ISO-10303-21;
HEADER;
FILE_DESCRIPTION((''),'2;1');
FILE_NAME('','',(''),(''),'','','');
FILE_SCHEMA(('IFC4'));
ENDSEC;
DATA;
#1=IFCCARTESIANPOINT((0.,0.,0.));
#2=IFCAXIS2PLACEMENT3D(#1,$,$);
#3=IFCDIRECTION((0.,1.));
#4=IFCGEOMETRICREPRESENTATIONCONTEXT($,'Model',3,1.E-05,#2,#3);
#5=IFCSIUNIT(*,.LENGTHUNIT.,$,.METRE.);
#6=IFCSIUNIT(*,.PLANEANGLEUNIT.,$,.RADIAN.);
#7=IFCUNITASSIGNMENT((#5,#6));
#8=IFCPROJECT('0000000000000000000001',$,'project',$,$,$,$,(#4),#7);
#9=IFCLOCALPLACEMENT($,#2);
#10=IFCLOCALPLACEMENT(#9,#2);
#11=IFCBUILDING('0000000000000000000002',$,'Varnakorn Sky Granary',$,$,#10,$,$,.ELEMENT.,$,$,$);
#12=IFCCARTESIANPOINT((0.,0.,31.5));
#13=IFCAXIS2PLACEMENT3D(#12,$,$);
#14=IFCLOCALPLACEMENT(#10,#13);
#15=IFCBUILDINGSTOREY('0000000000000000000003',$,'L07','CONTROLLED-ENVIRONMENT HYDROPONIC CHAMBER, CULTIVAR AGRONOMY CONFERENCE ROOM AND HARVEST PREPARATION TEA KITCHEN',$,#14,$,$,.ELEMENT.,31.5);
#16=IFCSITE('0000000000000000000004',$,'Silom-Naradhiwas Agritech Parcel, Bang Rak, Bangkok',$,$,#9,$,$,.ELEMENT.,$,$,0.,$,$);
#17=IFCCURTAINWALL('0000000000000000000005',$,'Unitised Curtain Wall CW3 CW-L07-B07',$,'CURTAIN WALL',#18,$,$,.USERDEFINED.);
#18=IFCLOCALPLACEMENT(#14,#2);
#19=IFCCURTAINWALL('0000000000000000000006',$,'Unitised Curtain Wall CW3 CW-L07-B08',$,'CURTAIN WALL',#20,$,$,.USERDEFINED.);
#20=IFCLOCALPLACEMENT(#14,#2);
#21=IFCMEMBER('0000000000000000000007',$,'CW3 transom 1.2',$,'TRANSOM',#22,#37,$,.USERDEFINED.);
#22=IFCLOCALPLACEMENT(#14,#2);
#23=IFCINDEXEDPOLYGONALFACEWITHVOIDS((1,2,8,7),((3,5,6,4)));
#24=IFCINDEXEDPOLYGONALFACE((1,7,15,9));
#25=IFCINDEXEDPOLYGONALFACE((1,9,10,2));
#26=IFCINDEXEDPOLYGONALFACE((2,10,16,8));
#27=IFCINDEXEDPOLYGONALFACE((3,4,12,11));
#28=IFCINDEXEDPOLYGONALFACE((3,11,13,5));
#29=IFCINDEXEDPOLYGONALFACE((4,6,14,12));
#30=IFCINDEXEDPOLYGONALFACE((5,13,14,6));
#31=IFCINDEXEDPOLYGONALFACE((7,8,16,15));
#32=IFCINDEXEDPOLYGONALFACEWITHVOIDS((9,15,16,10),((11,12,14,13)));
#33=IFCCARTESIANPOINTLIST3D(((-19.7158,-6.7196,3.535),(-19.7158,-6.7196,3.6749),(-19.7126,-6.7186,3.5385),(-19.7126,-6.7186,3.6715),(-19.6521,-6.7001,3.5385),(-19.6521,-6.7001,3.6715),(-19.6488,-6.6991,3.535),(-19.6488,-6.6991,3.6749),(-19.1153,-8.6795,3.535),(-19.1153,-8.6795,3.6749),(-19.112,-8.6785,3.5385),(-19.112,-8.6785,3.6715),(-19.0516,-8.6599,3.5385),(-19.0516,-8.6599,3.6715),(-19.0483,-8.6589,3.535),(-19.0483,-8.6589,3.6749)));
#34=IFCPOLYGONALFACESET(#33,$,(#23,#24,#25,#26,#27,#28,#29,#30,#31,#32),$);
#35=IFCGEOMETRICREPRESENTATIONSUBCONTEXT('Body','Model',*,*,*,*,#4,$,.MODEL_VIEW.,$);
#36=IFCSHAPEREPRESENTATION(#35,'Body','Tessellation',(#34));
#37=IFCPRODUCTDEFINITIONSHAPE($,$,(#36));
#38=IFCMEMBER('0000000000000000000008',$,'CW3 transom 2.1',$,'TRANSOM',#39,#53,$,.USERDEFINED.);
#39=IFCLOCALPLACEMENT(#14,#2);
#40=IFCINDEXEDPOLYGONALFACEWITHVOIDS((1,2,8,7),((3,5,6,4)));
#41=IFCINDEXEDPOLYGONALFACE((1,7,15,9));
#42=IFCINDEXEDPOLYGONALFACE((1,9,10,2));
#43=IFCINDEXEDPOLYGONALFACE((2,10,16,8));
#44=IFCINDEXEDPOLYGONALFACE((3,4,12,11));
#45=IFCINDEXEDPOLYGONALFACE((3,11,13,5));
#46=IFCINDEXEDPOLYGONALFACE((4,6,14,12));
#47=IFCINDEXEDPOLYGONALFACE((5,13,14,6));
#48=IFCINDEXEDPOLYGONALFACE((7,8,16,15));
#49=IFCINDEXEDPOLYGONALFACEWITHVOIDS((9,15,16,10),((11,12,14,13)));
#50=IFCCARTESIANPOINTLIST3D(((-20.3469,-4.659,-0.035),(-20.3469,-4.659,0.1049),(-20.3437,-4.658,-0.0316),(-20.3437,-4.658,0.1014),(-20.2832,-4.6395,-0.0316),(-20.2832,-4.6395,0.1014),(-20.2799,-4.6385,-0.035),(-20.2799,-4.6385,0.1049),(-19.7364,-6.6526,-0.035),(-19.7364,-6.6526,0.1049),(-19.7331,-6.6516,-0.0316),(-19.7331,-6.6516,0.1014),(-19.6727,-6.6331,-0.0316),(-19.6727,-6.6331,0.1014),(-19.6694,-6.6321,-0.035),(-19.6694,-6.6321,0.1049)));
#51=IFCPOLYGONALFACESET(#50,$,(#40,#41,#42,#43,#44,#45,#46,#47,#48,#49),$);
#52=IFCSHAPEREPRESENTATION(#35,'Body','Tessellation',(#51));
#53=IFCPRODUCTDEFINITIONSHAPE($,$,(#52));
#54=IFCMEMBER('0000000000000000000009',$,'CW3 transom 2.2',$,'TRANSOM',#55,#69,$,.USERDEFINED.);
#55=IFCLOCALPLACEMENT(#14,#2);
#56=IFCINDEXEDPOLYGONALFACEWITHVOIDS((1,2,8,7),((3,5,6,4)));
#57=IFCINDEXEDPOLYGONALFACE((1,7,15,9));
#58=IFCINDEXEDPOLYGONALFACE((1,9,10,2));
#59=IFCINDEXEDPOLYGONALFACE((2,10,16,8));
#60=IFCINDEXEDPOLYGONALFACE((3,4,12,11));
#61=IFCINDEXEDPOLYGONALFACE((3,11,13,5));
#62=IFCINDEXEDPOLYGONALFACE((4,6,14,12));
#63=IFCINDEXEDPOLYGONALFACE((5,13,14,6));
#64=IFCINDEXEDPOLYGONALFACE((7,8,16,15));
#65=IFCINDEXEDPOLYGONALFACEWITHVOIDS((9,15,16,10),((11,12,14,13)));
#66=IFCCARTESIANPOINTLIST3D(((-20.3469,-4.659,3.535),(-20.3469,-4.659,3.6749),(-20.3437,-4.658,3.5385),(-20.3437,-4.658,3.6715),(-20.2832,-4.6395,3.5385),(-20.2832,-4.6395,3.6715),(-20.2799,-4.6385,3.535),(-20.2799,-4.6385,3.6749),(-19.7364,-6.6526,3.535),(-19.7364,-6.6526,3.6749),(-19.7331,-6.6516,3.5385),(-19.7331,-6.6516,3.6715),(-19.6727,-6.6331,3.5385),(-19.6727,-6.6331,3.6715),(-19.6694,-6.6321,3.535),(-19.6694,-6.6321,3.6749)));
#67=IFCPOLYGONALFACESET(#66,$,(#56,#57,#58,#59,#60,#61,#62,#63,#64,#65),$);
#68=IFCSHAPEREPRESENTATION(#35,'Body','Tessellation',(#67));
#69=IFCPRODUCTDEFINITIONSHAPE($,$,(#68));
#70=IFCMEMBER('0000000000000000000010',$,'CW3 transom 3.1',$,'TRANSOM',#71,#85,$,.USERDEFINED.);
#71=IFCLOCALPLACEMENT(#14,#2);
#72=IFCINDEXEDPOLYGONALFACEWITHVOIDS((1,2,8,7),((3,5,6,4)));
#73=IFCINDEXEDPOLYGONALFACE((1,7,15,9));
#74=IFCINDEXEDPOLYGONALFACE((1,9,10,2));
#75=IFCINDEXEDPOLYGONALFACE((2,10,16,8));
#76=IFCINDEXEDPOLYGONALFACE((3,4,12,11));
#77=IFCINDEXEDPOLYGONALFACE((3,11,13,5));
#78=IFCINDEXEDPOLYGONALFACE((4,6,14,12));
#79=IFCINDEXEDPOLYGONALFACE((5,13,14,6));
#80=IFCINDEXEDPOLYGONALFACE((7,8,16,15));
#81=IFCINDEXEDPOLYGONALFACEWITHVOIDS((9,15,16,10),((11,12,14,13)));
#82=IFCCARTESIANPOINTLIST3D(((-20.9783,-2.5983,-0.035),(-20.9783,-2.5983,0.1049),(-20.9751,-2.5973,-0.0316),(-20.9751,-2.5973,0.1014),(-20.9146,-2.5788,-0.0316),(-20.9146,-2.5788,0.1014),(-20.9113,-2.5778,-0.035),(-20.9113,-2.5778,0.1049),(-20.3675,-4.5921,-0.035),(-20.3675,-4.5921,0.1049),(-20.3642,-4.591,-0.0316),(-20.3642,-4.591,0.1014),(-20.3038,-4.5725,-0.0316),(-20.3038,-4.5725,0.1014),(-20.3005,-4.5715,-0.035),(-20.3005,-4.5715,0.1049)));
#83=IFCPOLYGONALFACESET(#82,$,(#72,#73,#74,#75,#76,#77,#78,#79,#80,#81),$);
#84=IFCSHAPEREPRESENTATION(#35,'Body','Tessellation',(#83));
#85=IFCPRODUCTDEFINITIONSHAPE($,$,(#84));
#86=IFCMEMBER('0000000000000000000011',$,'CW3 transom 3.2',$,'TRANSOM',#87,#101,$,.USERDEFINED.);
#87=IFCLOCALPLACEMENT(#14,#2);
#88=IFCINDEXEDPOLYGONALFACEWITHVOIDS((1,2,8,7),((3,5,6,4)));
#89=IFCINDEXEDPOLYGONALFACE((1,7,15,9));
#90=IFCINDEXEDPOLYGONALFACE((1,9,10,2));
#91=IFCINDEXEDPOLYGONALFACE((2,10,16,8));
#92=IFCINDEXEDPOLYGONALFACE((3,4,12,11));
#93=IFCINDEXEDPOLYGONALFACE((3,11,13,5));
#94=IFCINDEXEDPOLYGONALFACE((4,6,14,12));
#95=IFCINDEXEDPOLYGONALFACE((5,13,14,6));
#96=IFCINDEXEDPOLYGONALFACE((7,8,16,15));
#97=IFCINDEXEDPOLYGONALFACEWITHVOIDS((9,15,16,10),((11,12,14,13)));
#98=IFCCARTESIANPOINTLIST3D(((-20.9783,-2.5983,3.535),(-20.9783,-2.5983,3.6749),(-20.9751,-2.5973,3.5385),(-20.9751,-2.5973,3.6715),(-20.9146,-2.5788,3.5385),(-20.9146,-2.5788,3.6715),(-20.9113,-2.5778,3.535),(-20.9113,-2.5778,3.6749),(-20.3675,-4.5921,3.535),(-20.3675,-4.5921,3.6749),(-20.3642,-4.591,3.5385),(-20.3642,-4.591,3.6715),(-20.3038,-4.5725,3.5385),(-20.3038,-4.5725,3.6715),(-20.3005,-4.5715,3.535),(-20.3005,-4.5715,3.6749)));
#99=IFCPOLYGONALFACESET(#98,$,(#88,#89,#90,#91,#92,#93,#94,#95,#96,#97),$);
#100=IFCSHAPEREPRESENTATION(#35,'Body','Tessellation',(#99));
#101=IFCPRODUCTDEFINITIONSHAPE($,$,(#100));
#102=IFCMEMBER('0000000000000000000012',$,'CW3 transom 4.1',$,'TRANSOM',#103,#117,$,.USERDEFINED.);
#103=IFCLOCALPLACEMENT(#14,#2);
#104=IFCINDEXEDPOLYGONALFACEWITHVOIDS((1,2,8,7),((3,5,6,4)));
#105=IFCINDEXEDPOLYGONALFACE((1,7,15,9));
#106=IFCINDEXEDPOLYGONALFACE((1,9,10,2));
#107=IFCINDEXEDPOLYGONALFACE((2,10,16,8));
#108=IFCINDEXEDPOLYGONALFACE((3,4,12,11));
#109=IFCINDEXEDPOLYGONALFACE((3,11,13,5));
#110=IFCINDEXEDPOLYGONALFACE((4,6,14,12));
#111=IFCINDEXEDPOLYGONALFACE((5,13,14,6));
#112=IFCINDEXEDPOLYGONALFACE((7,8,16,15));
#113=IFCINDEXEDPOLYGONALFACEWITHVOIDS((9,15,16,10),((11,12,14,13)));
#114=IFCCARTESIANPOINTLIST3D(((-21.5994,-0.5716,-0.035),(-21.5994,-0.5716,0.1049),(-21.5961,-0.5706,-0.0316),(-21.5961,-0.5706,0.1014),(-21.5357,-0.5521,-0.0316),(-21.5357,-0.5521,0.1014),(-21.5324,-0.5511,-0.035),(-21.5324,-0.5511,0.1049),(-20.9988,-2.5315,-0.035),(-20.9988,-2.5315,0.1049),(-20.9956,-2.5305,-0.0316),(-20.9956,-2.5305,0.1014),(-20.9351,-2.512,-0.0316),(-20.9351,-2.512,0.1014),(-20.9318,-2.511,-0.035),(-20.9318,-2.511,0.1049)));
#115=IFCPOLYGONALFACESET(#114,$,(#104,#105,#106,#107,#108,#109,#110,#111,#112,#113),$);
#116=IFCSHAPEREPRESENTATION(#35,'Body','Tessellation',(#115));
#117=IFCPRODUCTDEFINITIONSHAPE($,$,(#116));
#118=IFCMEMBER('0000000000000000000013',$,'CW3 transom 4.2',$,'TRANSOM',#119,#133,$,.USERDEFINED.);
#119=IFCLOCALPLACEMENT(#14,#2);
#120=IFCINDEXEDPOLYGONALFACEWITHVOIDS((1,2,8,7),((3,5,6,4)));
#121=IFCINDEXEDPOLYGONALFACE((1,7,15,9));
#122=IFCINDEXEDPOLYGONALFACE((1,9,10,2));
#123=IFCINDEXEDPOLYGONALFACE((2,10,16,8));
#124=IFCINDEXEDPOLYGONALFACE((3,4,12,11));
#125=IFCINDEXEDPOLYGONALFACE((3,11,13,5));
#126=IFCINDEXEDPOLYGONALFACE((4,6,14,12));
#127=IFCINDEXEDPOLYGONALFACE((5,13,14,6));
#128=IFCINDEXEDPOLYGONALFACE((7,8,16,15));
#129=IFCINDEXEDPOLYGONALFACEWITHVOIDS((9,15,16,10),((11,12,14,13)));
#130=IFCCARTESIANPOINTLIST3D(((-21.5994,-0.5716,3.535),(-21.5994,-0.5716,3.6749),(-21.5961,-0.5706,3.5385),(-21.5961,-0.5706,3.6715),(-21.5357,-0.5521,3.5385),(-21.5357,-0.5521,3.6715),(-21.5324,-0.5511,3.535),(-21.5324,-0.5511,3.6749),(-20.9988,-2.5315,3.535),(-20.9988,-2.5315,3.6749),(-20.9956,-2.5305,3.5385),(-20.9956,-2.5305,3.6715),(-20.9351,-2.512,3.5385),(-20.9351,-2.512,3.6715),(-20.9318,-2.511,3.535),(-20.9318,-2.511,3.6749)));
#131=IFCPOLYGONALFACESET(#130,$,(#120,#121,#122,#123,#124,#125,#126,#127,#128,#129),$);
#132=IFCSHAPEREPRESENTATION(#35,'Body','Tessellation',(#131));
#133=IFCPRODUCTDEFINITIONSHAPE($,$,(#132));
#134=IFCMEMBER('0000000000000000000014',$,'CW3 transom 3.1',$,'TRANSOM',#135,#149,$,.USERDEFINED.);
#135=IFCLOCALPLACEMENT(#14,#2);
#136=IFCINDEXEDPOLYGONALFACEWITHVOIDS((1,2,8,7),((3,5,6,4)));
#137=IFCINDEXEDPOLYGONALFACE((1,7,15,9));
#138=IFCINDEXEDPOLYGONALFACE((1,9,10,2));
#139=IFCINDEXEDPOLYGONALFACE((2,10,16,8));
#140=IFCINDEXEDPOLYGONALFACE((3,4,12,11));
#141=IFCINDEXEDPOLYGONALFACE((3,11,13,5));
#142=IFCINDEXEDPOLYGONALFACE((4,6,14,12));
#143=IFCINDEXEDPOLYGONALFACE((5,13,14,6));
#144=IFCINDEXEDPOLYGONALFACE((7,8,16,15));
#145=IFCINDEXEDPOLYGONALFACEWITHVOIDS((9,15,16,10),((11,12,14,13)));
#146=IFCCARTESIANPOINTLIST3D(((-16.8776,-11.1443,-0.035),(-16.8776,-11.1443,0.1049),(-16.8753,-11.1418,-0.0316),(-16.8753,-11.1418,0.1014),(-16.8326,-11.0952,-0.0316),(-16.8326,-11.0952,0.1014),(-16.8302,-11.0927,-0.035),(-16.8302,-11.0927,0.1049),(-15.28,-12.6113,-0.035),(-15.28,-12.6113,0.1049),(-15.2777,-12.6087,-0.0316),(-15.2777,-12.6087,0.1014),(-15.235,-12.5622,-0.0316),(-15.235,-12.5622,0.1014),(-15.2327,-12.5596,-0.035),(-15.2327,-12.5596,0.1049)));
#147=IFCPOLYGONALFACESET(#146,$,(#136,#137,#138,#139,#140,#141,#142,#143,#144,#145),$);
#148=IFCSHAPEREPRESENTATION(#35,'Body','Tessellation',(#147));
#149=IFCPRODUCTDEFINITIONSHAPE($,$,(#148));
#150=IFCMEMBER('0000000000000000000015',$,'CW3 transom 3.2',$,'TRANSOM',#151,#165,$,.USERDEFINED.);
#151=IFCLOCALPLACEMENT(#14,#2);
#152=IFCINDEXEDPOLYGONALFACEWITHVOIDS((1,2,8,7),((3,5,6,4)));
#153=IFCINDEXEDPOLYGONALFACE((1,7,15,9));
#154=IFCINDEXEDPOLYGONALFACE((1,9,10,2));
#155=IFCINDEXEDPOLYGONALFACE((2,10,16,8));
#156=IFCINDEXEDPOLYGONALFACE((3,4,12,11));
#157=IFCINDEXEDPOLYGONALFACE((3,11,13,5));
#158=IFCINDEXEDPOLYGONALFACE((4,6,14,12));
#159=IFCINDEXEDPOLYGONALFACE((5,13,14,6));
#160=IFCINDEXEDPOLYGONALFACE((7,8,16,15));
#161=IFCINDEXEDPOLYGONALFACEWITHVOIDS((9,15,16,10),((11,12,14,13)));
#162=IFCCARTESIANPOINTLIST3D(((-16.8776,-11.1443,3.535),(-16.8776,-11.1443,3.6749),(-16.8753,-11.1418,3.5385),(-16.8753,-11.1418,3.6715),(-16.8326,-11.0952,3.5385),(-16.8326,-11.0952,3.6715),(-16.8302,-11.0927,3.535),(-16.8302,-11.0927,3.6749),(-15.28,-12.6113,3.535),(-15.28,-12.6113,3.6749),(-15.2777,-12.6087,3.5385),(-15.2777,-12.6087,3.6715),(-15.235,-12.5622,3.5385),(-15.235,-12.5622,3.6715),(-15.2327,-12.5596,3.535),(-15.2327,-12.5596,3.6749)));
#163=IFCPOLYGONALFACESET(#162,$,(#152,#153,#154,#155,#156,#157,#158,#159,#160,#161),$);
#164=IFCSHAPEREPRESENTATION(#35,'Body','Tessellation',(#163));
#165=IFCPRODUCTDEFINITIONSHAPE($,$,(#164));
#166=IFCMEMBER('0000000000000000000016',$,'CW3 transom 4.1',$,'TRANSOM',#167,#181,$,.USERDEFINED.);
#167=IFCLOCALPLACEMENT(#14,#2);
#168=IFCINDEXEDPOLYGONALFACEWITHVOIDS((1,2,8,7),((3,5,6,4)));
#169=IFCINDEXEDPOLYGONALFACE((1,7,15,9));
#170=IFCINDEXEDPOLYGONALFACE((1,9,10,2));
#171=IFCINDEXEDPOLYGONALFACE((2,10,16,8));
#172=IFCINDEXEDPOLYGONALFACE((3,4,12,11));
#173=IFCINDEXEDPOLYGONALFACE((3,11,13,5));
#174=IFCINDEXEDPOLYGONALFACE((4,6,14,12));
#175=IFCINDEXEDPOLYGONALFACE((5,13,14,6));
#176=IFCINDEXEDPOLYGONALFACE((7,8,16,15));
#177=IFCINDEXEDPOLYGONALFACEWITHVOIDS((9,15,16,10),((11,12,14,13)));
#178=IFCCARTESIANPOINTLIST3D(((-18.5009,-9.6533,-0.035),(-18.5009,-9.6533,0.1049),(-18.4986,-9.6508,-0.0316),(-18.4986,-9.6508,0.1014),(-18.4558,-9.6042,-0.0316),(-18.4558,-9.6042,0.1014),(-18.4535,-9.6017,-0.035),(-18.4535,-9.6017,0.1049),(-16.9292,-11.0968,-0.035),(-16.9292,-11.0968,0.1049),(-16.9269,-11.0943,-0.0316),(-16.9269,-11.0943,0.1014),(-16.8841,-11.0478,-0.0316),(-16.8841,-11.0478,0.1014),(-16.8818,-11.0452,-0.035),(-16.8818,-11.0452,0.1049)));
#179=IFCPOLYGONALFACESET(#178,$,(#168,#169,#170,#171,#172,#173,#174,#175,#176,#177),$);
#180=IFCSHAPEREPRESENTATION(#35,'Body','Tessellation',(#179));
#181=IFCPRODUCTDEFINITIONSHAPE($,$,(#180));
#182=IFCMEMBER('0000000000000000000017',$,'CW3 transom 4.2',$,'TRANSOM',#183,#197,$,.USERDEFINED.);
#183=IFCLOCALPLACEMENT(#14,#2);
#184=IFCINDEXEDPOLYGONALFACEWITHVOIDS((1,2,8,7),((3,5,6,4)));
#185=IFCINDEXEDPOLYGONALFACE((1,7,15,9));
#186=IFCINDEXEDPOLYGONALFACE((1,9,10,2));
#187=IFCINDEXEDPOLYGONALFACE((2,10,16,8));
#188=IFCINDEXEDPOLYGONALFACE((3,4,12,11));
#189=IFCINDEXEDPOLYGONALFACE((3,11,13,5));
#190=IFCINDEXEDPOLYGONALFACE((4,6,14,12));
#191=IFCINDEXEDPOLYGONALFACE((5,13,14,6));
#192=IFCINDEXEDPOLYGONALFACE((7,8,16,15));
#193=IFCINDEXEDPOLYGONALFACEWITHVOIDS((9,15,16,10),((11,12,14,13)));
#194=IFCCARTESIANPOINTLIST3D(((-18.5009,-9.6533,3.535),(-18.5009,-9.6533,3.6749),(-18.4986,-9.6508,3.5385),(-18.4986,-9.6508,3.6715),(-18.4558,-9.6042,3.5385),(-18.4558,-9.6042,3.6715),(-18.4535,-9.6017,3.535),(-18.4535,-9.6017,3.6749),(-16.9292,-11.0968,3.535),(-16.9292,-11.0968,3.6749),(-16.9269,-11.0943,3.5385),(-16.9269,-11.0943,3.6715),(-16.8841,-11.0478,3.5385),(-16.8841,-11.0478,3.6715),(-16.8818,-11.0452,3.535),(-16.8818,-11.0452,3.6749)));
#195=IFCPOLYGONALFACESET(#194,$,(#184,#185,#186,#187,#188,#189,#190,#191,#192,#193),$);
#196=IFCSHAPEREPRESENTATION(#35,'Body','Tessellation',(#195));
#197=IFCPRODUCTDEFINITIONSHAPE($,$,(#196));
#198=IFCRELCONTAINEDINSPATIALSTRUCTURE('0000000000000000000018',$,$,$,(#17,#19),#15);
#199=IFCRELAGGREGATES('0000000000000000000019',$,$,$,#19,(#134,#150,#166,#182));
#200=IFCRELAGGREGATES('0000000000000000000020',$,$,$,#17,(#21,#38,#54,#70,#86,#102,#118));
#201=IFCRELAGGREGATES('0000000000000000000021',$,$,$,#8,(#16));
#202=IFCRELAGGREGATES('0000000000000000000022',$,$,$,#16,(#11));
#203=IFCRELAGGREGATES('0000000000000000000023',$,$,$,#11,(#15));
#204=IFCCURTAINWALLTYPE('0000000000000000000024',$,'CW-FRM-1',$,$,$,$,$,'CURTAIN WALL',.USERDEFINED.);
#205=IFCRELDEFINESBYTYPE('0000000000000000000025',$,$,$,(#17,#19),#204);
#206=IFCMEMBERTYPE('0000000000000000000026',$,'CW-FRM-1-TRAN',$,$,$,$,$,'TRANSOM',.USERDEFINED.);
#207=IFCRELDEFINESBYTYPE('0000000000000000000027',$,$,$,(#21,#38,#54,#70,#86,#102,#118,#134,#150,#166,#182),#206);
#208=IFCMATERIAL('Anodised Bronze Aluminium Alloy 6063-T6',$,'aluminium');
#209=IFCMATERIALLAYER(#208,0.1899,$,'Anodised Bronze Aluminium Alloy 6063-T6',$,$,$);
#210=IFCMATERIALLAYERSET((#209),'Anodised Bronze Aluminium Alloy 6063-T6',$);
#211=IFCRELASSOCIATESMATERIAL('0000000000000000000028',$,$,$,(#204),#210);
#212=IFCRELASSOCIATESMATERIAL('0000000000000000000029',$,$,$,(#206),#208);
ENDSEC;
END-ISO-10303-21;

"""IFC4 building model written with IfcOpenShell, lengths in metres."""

from ifc_helpers import new_model, si_unit, direction, frame, origin, origin_2d, place, context, subcontext, project, spatial, hollow_rectangle, extrude, material, layer, layer_set, material_profile, profile_set, type_object, element, aggregate, save


model = new_model("IFC4")

# Units and contexts
model_context = context("Model", 3, precision=1e-05, world=origin(), true_north=direction((0.0, 1.0)))
body_context = subcontext(model_context, "Body", "Model", "MODEL_VIEW")
ifc_project = project(units=[si_unit("LENGTHUNIT", "METRE"), si_unit("PLANEANGLEUNIT", "RADIAN")], contexts=[model_context])

# Site, building, storey
site_placement = place(None, origin())
site = spatial("IfcSite", under=ifc_project, at=site_placement, Name="Silom-Naradhiwas Agritech Parcel, Bang Rak, Bangkok", CompositionType="ELEMENT", RefElevation=0.0)
building_placement = place(site_placement, origin())
building = spatial("IfcBuilding", under=site, at=building_placement, Name="Varnakorn Sky Granary", CompositionType="ELEMENT")
storey_placement = place(building_placement, frame((0.0, 0.0, 31.5)))
storey = spatial("IfcBuildingStorey", under=building, at=storey_placement, Name="L07", Description="CONTROLLED-ENVIRONMENT HYDROPONIC CHAMBER, CULTIVAR AGRONOMY CONFERENCE ROOM AND HARVEST PREPARATION TEA KITCHEN", CompositionType="ELEMENT", Elevation=31.5)

# Curtain walls
ifc_material_1 = material(Name="Anodised Bronze Aluminium Alloy 6063-T6", Category="aluminium")
ifc_layer_1 = layer(ifc_material_1, 0.1899, Name="Anodised Bronze Aluminium Alloy 6063-T6")
ifc_layer_set_1 = layer_set([ifc_layer_1], Name="Anodised Bronze Aluminium Alloy 6063-T6")
curtain_wall_type = type_object("IfcCurtainWallType", Name="CW-FRM-1", ElementType="CURTAIN WALL", PredefinedType="USERDEFINED", material=ifc_layer_set_1)
curtain_wall_1_placement = place(storey_placement, origin())
curtain_wall_1 = element("IfcCurtainWall", 1, at=curtain_wall_1_placement, inside=storey, type_object=curtain_wall_type, Name="Unitised Curtain Wall CW3 CW-L07-B07", ObjectType="CURTAIN WALL", PredefinedType="USERDEFINED")
curtain_wall_2_placement = place(storey_placement, origin())
curtain_wall_2 = element("IfcCurtainWall", 2, at=curtain_wall_2_placement, inside=storey, type_object=curtain_wall_type, Name="Unitised Curtain Wall CW3 CW-L07-B08", ObjectType="CURTAIN WALL", PredefinedType="USERDEFINED")

# Members
ifc_material_profile_1 = material_profile(ifc_material_1, hollow_rectangle(XDim=0.0701, YDim=0.1399, WallThickness=0.0034, at=origin_2d()), Name="ALU TRAN 70x140")
ifc_profile_set_1 = profile_set([ifc_material_profile_1], Name="Anodised Bronze Aluminium Alloy 6063-T6")
member_type_1 = type_object("IfcMemberType", Name="CW-FRM-1-TRAN", ElementType="TRANSOM", PredefinedType="USERDEFINED", material=ifc_profile_set_1)
member_1_placement = place(storey_placement, frame((-19.0818, -8.6692, 3.605), z_axis=(-0.292981, 0.956118, 0.0), x_axis=(-0.956118, -0.292981, 0.0)))
member_1 = element("IfcMember", 3, at=member_1_placement, type_object=member_type_1, Name="CW3 transom 1.2", ObjectType="TRANSOM", PredefinedType="USERDEFINED", context=body_context, shape_type="SweptSolid", body=[
    extrude(hollow_rectangle(XDim=0.0701, YDim=0.1399, WallThickness=0.0034, at=origin_2d()), origin(), (0.0, 0.0, 1.0), 2.0498),
])
member_2_placement = place(storey_placement, frame((-19.7029, -6.6423, 0.0349), z_axis=(-0.292843, 0.95616, 0.0), x_axis=(-0.95616, -0.292843, 0.0)))
member_2 = element("IfcMember", 4, at=member_2_placement, type_object=member_type_1, Name="CW3 transom 2.1", ObjectType="TRANSOM", PredefinedType="USERDEFINED", context=body_context, shape_type="SweptSolid", body=[
    extrude(hollow_rectangle(XDim=0.0701, YDim=0.1399, WallThickness=0.0034, at=origin_2d()), origin(), (0.0, 0.0, 1.0), 2.085),
])
member_3_placement = place(storey_placement, frame((-19.7029, -6.6423, 3.605), z_axis=(-0.292843, 0.95616, 0.0), x_axis=(-0.95616, -0.292843, 0.0)))
member_3 = element("IfcMember", 5, at=member_3_placement, type_object=member_type_1, Name="CW3 transom 2.2", ObjectType="TRANSOM", PredefinedType="USERDEFINED", context=body_context, shape_type="SweptSolid", body=[
    extrude(hollow_rectangle(XDim=0.0701, YDim=0.1399, WallThickness=0.0034, at=origin_2d()), origin(), (0.0, 0.0, 1.0), 2.085),
])
member_4_placement = place(storey_placement, frame((-20.334, -4.5818, 0.0349), z_axis=(-0.29295, 0.956128, 0.0), x_axis=(-0.956128, -0.29295, 0.0)))
member_4 = element("IfcMember", 6, at=member_4_placement, type_object=member_type_1, Name="CW3 transom 3.1", ObjectType="TRANSOM", PredefinedType="USERDEFINED", context=body_context, shape_type="SweptSolid", body=[
    extrude(hollow_rectangle(XDim=0.0701, YDim=0.1399, WallThickness=0.0034, at=origin_2d()), origin(), (0.0, 0.0, 1.0), 2.0852),
])
member_5_placement = place(storey_placement, frame((-20.334, -4.5818, 3.605), z_axis=(-0.29295, 0.956128, 0.0), x_axis=(-0.956128, -0.29295, 0.0)))
member_5 = element("IfcMember", 7, at=member_5_placement, type_object=member_type_1, Name="CW3 transom 3.2", ObjectType="TRANSOM", PredefinedType="USERDEFINED", context=body_context, shape_type="SweptSolid", body=[
    extrude(hollow_rectangle(XDim=0.0701, YDim=0.1399, WallThickness=0.0034, at=origin_2d()), origin(), (0.0, 0.0, 1.0), 2.0852),
])
member_6_placement = place(storey_placement, frame((-20.9653, -2.5212, 0.0349), z_axis=(-0.292981, 0.956118, 0.0), x_axis=(-0.956118, -0.292981, 0.0)))
member_6 = element("IfcMember", 8, at=member_6_placement, type_object=member_type_1, Name="CW3 transom 4.1", ObjectType="TRANSOM", PredefinedType="USERDEFINED", context=body_context, shape_type="SweptSolid", body=[
    extrude(hollow_rectangle(XDim=0.0701, YDim=0.1399, WallThickness=0.0034, at=origin_2d()), origin(), (0.0, 0.0, 1.0), 2.0498),
])
member_7_placement = place(storey_placement, frame((-20.9653, -2.5212, 3.605), z_axis=(-0.292981, 0.956118, 0.0), x_axis=(-0.956118, -0.292981, 0.0)))
member_7 = element("IfcMember", 9, at=member_7_placement, type_object=member_type_1, Name="CW3 transom 4.2", ObjectType="TRANSOM", PredefinedType="USERDEFINED", context=body_context, shape_type="SweptSolid", body=[
    extrude(hollow_rectangle(XDim=0.0701, YDim=0.1399, WallThickness=0.0034, at=origin_2d()), origin(), (0.0, 0.0, 1.0), 2.0498),
])
member_8_placement = place(storey_placement, frame((-15.2563, -12.5854, 0.0349), z_axis=(-0.736575, 0.676356, 0.0), x_axis=(-0.676356, -0.736575, 0.0)))
member_8 = element("IfcMember", 10, at=member_8_placement, type_object=member_type_1, Name="CW3 transom 3.1", ObjectType="TRANSOM", PredefinedType="USERDEFINED", context=body_context, shape_type="SweptSolid", body=[
    extrude(hollow_rectangle(XDim=0.0701, YDim=0.1399, WallThickness=0.0034, at=origin_2d()), origin(), (0.0, 0.0, 1.0), 2.1689),
])
member_9_placement = place(storey_placement, frame((-15.2563, -12.5854, 3.605), z_axis=(-0.736575, 0.676356, 0.0), x_axis=(-0.676356, -0.736575, 0.0)))
member_9 = element("IfcMember", 11, at=member_9_placement, type_object=member_type_1, Name="CW3 transom 3.2", ObjectType="TRANSOM", PredefinedType="USERDEFINED", context=body_context, shape_type="SweptSolid", body=[
    extrude(hollow_rectangle(XDim=0.0701, YDim=0.1399, WallThickness=0.0034, at=origin_2d()), origin(), (0.0, 0.0, 1.0), 2.1689),
])
member_10_placement = place(storey_placement, frame((-16.9055, -11.071, 0.0349), z_axis=(-0.736498, 0.676439, 0.0), x_axis=(-0.676439, -0.736498, 0.0)))
member_10 = element("IfcMember", 12, at=member_10_placement, type_object=member_type_1, Name="CW3 transom 4.1", ObjectType="TRANSOM", PredefinedType="USERDEFINED", context=body_context, shape_type="SweptSolid", body=[
    extrude(hollow_rectangle(XDim=0.0701, YDim=0.1399, WallThickness=0.0034, at=origin_2d()), origin(), (0.0, 0.0, 1.0), 2.134),
])
member_11_placement = place(storey_placement, frame((-16.9055, -11.071, 3.605), z_axis=(-0.736498, 0.676439, 0.0), x_axis=(-0.676439, -0.736498, 0.0)))
member_11 = element("IfcMember", 13, at=member_11_placement, type_object=member_type_1, Name="CW3 transom 4.2", ObjectType="TRANSOM", PredefinedType="USERDEFINED", context=body_context, shape_type="SweptSolid", body=[
    extrude(hollow_rectangle(XDim=0.0701, YDim=0.1399, WallThickness=0.0034, at=origin_2d()), origin(), (0.0, 0.0, 1.0), 2.134),
])

aggregate(curtain_wall_2, [member_8, member_9, member_10, member_11])
aggregate(curtain_wall_1, [member_1, member_2, member_3, member_4, member_5, member_6, member_7])

save(model, "model.ifc")
